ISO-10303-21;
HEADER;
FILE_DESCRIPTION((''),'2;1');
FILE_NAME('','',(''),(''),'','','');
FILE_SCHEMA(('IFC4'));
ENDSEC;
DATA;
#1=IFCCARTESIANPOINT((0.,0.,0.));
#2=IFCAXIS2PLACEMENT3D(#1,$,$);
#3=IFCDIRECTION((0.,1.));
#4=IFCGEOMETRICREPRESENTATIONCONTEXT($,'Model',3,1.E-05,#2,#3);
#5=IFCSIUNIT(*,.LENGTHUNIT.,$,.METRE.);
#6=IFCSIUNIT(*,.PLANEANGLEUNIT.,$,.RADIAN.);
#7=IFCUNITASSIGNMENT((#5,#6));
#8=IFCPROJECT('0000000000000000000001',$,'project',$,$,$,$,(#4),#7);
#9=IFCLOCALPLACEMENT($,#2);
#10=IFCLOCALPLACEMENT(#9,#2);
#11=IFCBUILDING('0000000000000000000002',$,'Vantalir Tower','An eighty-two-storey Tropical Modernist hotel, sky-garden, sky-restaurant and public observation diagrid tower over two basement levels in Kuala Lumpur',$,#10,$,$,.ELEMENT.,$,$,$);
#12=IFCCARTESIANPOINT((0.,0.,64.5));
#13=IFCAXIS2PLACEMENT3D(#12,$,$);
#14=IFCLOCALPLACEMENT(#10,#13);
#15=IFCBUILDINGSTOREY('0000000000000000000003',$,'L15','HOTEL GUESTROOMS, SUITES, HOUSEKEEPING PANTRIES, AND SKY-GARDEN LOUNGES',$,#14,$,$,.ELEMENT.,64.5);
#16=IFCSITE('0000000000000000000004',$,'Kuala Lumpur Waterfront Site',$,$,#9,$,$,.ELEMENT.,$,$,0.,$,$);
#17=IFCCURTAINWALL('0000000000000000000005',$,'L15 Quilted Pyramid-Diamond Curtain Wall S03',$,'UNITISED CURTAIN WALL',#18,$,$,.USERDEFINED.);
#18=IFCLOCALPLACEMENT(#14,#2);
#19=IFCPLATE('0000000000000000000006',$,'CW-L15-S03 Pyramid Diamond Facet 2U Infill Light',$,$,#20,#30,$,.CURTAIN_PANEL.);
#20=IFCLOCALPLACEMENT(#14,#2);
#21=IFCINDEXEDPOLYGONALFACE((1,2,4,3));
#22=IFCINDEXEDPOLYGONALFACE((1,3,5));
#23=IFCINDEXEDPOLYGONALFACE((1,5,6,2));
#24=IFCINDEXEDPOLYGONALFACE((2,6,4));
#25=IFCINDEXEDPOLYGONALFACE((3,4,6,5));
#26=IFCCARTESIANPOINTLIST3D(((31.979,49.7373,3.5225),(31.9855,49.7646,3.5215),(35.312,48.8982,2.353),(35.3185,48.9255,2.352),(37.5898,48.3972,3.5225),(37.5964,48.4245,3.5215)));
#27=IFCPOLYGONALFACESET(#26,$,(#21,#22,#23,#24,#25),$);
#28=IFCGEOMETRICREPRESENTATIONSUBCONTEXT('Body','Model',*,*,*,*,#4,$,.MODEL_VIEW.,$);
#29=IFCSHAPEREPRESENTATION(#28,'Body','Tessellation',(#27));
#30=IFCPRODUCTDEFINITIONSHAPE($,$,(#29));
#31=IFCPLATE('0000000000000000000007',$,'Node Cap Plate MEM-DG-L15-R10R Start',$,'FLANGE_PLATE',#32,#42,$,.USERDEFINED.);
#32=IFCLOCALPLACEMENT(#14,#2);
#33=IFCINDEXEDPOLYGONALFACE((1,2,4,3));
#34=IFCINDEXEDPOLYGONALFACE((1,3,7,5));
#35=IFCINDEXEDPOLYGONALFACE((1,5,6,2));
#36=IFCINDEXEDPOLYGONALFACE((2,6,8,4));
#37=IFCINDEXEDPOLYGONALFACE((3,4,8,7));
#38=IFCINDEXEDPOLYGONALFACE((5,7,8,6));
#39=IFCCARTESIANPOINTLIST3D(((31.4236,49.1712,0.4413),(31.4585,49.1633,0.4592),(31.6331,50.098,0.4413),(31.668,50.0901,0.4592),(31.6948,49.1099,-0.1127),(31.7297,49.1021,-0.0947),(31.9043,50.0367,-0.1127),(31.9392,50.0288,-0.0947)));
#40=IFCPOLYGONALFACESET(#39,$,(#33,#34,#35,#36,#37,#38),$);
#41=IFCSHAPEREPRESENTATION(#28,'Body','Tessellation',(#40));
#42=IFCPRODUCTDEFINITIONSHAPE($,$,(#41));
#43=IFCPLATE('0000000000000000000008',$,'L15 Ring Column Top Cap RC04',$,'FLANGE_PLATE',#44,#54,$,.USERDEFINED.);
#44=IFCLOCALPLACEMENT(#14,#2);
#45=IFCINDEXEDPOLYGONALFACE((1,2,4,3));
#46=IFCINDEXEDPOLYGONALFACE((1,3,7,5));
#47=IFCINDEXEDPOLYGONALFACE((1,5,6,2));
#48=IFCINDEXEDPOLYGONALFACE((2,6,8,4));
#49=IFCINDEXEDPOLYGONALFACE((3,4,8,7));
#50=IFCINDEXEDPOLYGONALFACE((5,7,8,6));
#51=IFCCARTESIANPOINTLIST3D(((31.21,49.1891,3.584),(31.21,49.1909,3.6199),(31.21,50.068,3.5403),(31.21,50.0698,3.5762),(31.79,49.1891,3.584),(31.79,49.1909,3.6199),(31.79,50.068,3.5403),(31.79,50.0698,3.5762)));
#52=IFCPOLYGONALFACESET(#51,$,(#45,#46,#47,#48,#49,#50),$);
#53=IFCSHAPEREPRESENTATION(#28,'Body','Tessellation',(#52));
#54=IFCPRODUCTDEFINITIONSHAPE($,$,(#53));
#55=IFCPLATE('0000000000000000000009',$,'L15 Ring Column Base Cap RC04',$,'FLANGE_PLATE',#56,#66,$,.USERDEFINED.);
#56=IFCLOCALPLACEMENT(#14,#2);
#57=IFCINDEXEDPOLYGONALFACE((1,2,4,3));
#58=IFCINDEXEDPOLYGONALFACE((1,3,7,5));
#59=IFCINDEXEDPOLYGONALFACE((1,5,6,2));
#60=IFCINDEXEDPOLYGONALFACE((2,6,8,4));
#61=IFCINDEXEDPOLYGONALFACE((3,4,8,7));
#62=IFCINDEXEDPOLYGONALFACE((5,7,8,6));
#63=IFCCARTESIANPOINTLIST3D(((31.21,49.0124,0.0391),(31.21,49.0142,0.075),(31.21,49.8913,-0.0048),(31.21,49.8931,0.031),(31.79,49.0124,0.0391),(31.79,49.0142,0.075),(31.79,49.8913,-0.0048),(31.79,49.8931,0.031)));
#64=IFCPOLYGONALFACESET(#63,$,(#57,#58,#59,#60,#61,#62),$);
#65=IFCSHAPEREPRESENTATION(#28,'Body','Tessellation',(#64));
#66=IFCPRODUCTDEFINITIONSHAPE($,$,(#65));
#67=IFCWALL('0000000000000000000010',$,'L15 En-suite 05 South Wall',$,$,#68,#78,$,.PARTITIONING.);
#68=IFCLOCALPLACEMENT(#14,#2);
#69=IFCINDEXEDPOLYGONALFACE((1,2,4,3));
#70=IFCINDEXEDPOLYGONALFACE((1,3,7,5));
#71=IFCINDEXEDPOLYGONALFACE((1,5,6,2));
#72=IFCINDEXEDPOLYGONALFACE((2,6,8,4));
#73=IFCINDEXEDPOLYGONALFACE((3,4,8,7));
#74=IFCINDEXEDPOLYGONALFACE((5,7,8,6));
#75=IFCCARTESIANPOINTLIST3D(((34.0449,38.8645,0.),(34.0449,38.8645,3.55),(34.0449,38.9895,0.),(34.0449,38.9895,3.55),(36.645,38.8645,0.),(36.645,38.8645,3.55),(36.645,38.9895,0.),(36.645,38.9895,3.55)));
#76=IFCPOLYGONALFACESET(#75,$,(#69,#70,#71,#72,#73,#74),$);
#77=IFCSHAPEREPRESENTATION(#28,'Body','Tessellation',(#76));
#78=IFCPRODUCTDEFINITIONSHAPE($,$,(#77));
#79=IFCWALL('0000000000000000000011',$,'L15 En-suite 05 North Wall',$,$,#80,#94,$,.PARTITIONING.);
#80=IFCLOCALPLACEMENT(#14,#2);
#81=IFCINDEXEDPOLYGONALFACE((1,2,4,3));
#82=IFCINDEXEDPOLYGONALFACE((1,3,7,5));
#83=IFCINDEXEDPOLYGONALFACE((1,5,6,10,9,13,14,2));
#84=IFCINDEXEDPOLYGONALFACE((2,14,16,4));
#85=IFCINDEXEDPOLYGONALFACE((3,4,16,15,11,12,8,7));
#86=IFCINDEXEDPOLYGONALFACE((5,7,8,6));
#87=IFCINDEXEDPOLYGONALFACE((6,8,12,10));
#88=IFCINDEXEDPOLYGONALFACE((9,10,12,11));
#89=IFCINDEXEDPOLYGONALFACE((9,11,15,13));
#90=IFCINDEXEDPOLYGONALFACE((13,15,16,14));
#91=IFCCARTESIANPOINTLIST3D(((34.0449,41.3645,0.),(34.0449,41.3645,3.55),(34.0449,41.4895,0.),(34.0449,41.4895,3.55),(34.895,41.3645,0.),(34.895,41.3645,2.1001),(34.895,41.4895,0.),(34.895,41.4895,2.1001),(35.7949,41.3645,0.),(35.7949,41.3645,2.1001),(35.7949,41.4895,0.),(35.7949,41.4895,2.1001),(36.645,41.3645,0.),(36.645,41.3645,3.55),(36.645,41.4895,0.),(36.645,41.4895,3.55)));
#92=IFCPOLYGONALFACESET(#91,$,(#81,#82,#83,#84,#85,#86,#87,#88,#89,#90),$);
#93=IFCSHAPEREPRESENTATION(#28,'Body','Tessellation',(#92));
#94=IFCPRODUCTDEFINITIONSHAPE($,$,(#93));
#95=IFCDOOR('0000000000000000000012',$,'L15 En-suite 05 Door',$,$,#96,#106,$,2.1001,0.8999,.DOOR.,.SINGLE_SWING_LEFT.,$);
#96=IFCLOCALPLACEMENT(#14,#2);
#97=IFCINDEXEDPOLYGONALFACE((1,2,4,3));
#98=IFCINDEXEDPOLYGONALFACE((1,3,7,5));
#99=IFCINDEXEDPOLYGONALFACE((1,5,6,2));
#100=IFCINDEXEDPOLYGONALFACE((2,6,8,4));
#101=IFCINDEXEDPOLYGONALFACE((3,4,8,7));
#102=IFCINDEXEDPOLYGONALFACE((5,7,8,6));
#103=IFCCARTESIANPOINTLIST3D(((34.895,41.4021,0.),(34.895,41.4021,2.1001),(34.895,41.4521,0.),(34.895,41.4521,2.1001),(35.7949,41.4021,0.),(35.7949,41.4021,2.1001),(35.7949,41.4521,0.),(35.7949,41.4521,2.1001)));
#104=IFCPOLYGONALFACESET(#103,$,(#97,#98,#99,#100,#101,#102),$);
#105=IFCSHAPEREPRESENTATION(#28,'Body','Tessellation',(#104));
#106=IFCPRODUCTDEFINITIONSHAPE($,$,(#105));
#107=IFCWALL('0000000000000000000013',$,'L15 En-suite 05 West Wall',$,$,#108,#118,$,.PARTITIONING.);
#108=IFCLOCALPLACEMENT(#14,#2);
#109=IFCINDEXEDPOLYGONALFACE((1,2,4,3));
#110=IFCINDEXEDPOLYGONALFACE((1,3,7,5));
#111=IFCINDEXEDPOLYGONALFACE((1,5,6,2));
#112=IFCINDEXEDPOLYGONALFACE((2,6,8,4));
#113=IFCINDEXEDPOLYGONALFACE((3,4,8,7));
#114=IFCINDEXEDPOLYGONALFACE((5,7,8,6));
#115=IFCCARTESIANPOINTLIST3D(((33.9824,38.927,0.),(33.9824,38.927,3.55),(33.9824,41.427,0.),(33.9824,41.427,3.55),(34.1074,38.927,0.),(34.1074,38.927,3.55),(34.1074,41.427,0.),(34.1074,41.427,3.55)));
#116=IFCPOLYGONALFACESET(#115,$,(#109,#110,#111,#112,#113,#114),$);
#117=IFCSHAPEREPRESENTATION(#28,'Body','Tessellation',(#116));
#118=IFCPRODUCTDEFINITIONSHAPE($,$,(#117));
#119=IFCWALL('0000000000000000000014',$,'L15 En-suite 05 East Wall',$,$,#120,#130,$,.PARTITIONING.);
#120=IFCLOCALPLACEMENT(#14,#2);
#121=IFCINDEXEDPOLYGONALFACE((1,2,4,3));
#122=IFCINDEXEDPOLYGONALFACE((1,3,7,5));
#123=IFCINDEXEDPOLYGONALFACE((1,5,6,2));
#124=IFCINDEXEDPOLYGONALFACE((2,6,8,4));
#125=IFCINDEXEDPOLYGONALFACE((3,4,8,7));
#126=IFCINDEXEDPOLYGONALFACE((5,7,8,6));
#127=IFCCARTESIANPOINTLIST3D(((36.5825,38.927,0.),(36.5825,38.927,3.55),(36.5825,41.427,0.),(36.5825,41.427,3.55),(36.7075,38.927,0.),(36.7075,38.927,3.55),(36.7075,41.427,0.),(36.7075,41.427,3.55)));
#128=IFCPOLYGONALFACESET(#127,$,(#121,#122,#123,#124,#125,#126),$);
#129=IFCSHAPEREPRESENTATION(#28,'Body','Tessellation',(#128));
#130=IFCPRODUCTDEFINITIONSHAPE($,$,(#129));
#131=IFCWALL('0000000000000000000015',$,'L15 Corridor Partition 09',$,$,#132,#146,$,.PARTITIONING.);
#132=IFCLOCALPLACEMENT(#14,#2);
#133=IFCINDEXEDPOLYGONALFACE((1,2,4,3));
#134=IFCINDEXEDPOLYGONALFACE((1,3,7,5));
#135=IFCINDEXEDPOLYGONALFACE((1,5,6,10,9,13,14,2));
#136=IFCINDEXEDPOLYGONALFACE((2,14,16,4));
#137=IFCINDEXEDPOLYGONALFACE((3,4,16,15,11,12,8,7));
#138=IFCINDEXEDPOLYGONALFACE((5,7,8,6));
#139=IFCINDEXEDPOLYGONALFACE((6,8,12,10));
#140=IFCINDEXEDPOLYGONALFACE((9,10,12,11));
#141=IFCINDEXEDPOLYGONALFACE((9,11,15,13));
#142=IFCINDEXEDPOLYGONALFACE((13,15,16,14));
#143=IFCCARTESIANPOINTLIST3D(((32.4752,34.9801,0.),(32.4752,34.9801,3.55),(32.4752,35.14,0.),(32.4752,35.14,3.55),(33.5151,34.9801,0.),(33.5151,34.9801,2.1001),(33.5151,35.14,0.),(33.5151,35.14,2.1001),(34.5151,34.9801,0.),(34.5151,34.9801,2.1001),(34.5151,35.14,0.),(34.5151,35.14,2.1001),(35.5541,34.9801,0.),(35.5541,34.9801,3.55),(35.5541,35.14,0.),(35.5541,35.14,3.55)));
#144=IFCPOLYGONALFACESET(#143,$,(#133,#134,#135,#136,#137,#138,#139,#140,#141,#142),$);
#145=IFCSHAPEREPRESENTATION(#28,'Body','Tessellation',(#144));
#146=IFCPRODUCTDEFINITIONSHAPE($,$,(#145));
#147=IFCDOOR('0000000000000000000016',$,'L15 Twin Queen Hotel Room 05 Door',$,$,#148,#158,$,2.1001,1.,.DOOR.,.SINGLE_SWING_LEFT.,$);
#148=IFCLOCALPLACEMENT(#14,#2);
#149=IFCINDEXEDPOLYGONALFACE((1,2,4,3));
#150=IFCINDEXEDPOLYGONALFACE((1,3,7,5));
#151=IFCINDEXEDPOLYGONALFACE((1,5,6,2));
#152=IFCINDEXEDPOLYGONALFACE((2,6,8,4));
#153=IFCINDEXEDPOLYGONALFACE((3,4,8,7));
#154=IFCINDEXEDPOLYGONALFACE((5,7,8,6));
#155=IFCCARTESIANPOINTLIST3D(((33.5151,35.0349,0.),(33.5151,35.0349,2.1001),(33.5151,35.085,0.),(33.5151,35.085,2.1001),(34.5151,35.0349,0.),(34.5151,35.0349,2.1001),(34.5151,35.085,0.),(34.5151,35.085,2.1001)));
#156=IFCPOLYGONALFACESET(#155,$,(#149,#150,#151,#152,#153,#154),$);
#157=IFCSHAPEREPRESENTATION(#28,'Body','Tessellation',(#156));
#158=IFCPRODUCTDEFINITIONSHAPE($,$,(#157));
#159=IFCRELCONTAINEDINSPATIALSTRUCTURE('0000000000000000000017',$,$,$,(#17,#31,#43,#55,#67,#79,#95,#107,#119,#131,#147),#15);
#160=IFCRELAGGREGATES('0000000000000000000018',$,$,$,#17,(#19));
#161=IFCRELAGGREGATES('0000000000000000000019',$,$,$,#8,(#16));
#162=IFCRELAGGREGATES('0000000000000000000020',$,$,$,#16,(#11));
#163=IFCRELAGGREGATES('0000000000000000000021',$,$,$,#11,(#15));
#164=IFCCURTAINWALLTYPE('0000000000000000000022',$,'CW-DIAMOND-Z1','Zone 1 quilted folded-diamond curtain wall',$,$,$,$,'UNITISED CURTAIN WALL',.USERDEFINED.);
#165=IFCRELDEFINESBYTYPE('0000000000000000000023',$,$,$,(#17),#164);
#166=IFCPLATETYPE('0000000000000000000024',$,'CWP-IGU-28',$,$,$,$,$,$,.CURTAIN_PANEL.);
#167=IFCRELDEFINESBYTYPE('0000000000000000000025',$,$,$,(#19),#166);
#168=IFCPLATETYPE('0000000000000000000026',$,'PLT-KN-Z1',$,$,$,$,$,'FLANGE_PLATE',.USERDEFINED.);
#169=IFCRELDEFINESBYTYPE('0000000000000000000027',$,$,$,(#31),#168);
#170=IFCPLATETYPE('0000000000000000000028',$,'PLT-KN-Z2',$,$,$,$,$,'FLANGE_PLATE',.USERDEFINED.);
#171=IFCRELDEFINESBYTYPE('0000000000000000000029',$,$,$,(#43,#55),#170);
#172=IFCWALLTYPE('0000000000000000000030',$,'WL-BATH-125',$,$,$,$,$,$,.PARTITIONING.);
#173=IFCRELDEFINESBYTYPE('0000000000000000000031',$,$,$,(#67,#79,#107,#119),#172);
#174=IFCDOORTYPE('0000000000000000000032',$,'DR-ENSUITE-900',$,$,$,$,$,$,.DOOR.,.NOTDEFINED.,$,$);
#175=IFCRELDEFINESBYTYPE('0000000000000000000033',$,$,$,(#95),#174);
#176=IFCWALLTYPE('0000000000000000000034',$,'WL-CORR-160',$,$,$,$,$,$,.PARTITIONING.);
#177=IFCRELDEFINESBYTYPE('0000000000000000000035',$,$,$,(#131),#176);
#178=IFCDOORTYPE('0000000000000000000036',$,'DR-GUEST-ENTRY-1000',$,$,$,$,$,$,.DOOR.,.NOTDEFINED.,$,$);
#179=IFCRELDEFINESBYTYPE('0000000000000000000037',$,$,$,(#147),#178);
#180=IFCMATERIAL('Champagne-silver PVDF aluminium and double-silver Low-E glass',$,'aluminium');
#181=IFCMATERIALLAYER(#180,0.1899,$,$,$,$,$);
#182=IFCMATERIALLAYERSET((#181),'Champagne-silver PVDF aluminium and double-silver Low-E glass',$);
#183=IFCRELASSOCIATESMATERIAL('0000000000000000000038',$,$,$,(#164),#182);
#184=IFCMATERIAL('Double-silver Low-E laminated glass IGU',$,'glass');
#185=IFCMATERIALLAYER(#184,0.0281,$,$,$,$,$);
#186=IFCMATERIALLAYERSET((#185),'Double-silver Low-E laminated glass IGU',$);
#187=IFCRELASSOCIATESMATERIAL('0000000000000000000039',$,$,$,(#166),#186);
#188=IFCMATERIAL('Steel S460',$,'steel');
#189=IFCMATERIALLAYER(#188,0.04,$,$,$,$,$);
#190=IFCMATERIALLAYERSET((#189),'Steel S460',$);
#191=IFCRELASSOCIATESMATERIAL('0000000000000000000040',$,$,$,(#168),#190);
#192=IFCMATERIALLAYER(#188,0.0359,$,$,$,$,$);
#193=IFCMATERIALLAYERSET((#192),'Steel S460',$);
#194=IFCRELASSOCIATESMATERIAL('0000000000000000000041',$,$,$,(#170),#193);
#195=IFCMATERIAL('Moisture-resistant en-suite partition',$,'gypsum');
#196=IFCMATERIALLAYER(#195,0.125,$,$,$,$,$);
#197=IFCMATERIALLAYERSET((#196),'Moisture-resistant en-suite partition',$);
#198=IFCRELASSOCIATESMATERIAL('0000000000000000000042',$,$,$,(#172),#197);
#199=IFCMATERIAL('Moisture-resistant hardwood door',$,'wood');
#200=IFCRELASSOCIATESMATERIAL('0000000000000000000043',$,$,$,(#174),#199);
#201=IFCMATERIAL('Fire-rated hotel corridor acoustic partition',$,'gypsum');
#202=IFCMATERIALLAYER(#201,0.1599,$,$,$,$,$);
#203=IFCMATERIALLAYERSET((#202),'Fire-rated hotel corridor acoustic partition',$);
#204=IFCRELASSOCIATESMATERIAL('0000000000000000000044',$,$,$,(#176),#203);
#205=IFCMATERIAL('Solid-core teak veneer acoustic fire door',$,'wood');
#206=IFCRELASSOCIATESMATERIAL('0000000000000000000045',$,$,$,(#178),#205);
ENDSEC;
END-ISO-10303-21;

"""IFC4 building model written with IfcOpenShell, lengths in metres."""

from ifc_helpers import new_model, si_unit, direction, frame, frame_2d, origin, place, context, subcontext, project, spatial, polyline, rectangle, outline, extrude, material, layer, layer_set, type_object, element, fill, aggregate, save


model = new_model("IFC4")

# Units and contexts
model_context = context("Model", 3, precision=1e-05, world=origin(), true_north=direction((0.0, 1.0)))
body_context = subcontext(model_context, "Body", "Model", "MODEL_VIEW")
ifc_project = project(units=[si_unit("LENGTHUNIT", "METRE"), si_unit("PLANEANGLEUNIT", "RADIAN")], contexts=[model_context])

# Site, building, storey
site_placement = place(None, origin())
site = spatial("IfcSite", under=ifc_project, at=site_placement, Name="Kuala Lumpur Waterfront Site", CompositionType="ELEMENT", RefElevation=0.0)
building_placement = place(site_placement, origin())
building = spatial("IfcBuilding", under=site, at=building_placement, Name="Vantalir Tower", Description="An eighty-two-storey Tropical Modernist hotel, sky-garden, sky-restaurant and public observation diagrid tower over two basement levels in Kuala Lumpur", CompositionType="ELEMENT")
storey_placement = place(building_placement, frame((0.0, 0.0, 64.5)))
storey = spatial("IfcBuildingStorey", under=building, at=storey_placement, Name="L15", Description="HOTEL GUESTROOMS, SUITES, HOUSEKEEPING PANTRIES, AND SKY-GARDEN LOUNGES", CompositionType="ELEMENT", Elevation=64.5)

# Shared definitions
ifc_material_1 = material(Name="Steel S460", Category="steel")

# Curtain wall
ifc_material_2 = material(Name="Champagne-silver PVDF aluminium and double-silver Low-E glass", Category="aluminium")
ifc_layer_1 = layer(ifc_material_2, 0.1899)
ifc_layer_set_1 = layer_set([ifc_layer_1], Name="Champagne-silver PVDF aluminium and double-silver Low-E glass")
curtain_wall_type = type_object("IfcCurtainWallType", Name="CW-DIAMOND-Z1", Description="Zone 1 quilted folded-diamond curtain wall", ElementType="UNITISED CURTAIN WALL", PredefinedType="USERDEFINED", material=ifc_layer_set_1)
curtain_wall_placement = place(storey_placement, origin())
curtain_wall = element("IfcCurtainWall", 1, at=curtain_wall_placement, inside=storey, type_object=curtain_wall_type, Name="L15 Quilted Pyramid-Diamond Curtain Wall S03", ObjectType="UNITISED CURTAIN WALL", PredefinedType="USERDEFINED")

# Plate
ifc_material_3 = material(Name="Double-silver Low-E laminated glass IGU", Category="glass")
ifc_layer_2 = layer(ifc_material_3, 0.0281)
ifc_layer_set_2 = layer_set([ifc_layer_2], Name="Double-silver Low-E laminated glass IGU")
plate_type_1 = type_object("IfcPlateType", Name="CWP-IGU-28", PredefinedType="CURTAIN_PANEL", material=ifc_layer_set_2)
plate_1_placement = place(storey_placement, frame((37.5898, 48.3972, 3.5225), z_axis=(-0.232156, -0.97202, 0.03579), x_axis=(-0.972643, 0.232305, 0.0)))
plate_1 = element("IfcPlate", 2, at=plate_1_placement, type_object=plate_type_1, Name="CW-L15-S03 Pyramid Diamond Facet 2U Infill Light", PredefinedType="CURTAIN_PANEL", context=body_context, shape_type="SweptSolid", body=[
    extrude(outline(polyline([(0.0, 0.0), (5.7687, 0.0), (2.3319, 1.1702), (0.0, 0.0)])), origin(), (0.0, 0.0, -1.0), 0.0281),
])
aggregate(curtain_wall, [plate_1])

# Plates
ifc_layer_3 = layer(ifc_material_1, 0.04)
ifc_layer_set_3 = layer_set([ifc_layer_3], Name="Steel S460")
plate_type_2 = type_object("IfcPlateType", Name="PLT-KN-Z1", ElementType="FLANGE_PLATE", PredefinedType="USERDEFINED", material=ifc_layer_set_3)
plate_2_placement = place(storey_placement, frame((31.7297, 49.1021, -0.0947), z_axis=(0.871727, -0.197034, 0.448631), x_axis=(0.220466, 0.975395, 0.0)))
element("IfcPlate", 3, at=plate_2_placement, inside=storey, type_object=plate_type_2, Name="Node Cap Plate MEM-DG-L15-R10R Start", ObjectType="FLANGE_PLATE", PredefinedType="USERDEFINED", context=body_context, shape_type="SweptSolid", body=[
    extrude(outline(polyline([(0.0, 0.0), (0.9501, 0.0), (0.9501, 0.6198), (0.0, 0.6198), (0.0, 0.0)])), origin(), (0.0, 0.0, -1.0), 0.04),
])
ifc_layer_4 = layer(ifc_material_1, 0.0359)
ifc_layer_set_4 = layer_set([ifc_layer_4], Name="Steel S460")
plate_type_3 = type_object("IfcPlateType", Name="PLT-KN-Z2", ElementType="FLANGE_PLATE", PredefinedType="USERDEFINED", material=ifc_layer_set_4)
plate_3_placement = place(storey_placement, frame((31.21, 50.0698, 3.5762), z_axis=(0.0, 0.049661, 0.998766), x_axis=(0.0, -0.998766, 0.049661)))
element("IfcPlate", 4, at=plate_3_placement, inside=storey, type_object=plate_type_3, Name="L15 Ring Column Top Cap RC04", ObjectType="FLANGE_PLATE", PredefinedType="USERDEFINED", context=body_context, shape_type="SweptSolid", body=[
    extrude(outline(polyline([(0.0, 0.0), (0.88, 0.0), (0.88, 0.5801), (0.0, 0.5801), (0.0, 0.0)])), origin(), (0.0, 0.0, -1.0), 0.0359),
])
plate_4_placement = place(storey_placement, frame((31.21, 49.8931, 0.031), z_axis=(0.0, 0.049938, 0.998752), x_axis=(0.0, -0.998752, 0.049938)))
element("IfcPlate", 5, at=plate_4_placement, inside=storey, type_object=plate_type_3, Name="L15 Ring Column Base Cap RC04", ObjectType="FLANGE_PLATE", PredefinedType="USERDEFINED", context=body_context, shape_type="SweptSolid", body=[
    extrude(outline(polyline([(0.0, 0.0), (0.88, 0.0), (0.88, 0.5801), (0.0, 0.5801), (0.0, 0.0)])), origin(), (0.0, 0.0, -1.0), 0.0359),
])

# Wall
ifc_material_4 = material(Name="Moisture-resistant en-suite partition", Category="gypsum")
ifc_layer_5 = layer(ifc_material_4, 0.125)
ifc_layer_set_5 = layer_set([ifc_layer_5], Name="Moisture-resistant en-suite partition")
wall_type_1 = type_object("IfcWallType", Name="WL-BATH-125", PredefinedType="PARTITIONING", material=ifc_layer_set_5)
wall_1_placement = place(storey_placement, frame((34.0449, 38.927, 0.0), z_axis=(0.0, 0.0, 1.0), x_axis=(1.0, 0.0, 0.0)))
element("IfcWall", 6, at=wall_1_placement, inside=storey, type_object=wall_type_1, Name="L15 En-suite 05 South Wall", PredefinedType="PARTITIONING", context=body_context, shape_type="SweptSolid", body=[
    extrude(rectangle(XDim=2.6001, YDim=0.125, at=frame_2d((1.3, 0.0))), origin(), (0.0, 0.0, 1.0), 3.55),
])

# Wall, opening, door
wall_2_placement = place(storey_placement, frame((34.0449, 41.427, 0.0), z_axis=(0.0, 0.0, 1.0), x_axis=(1.0, 0.0, 0.0)))
wall_2 = element("IfcWall", 7, at=wall_2_placement, inside=storey, type_object=wall_type_1, Name="L15 En-suite 05 North Wall", PredefinedType="PARTITIONING", context=body_context, shape_type="SweptSolid", body=[
    extrude(rectangle(XDim=2.6001, YDim=0.125, at=frame_2d((1.3, 0.0))), origin(), (0.0, 0.0, 1.0), 3.55),
])
opening_1_placement = place(wall_2_placement, frame((0.8501, 0.0, 0.0)))
opening_1 = element("IfcOpeningElement", 8, at=opening_1_placement, cuts=wall_2, PredefinedType="OPENING", context=body_context, shape_type="SweptSolid", body=[
    extrude(rectangle(XDim=0.8999, YDim=2.1001, at=frame_2d((0.45, 1.05))), frame((0.0, 0.0725, 0.0), z_axis=(0.0, -1.0, 0.0), x_axis=(1.0, 0.0, 0.0)), (0.0, 0.0, 1.0), 0.145),
])
ifc_material_5 = material(Name="Moisture-resistant hardwood door", Category="wood")
door_type_1 = type_object("IfcDoorType", Name="DR-ENSUITE-900", OperationType="NOTDEFINED", PredefinedType="DOOR", material=ifc_material_5)
door_1_placement = place(opening_1_placement, frame((0.8999, 0.0, 0.0), z_axis=(0.0, 0.0, 1.0), x_axis=(-1.0, 0.0, 0.0)))
door_1 = element("IfcDoor", 9, at=door_1_placement, inside=storey, type_object=door_type_1, Name="L15 En-suite 05 Door", OperationType="SINGLE_SWING_LEFT", OverallHeight=2.1001, OverallWidth=0.8999, PredefinedType="DOOR", context=body_context, shape_type="SweptSolid", body=[
    extrude(rectangle(XDim=0.8999, YDim=2.1001, at=frame_2d((0.45, 1.05))), frame((0.0, 0.0249, 0.0), z_axis=(0.0, -1.0, 0.0), x_axis=(1.0, 0.0, 0.0)), (0.0, 0.0, 1.0), 0.05),
])
fill(opening_1, door_1)

# Walls
for number, where, z_axis, x_axis, name in (
    (10, (34.0449, 38.927, 0.0), (0.0, 0.0, 1.0), (0.0, 1.0, 0.0), "L15 En-suite 05 West Wall"),
    (11, (36.645, 38.927, 0.0), (0.0, 0.0, 1.0), (0.0, 1.0, 0.0), "L15 En-suite 05 East Wall"),
):
    element("IfcWall", number, at=place(storey_placement, frame(where, z_axis=z_axis, x_axis=x_axis)), inside=storey, type_object=wall_type_1, Name=name, PredefinedType="PARTITIONING", context=body_context, shape_type="SweptSolid", body=[
        extrude(rectangle(XDim=2.5, YDim=0.125, at=frame_2d((1.25, 0.0))), origin(), (0.0, 0.0, 1.0), 3.55),
    ])

# Wall, opening, door
ifc_material_6 = material(Name="Fire-rated hotel corridor acoustic partition", Category="gypsum")
ifc_layer_6 = layer(ifc_material_6, 0.1599)
ifc_layer_set_6 = layer_set([ifc_layer_6], Name="Fire-rated hotel corridor acoustic partition")
wall_type_2 = type_object("IfcWallType", Name="WL-CORR-160", PredefinedType="PARTITIONING", material=ifc_layer_set_6)
wall_3_placement = place(storey_placement, frame((32.4751, 35.0601, 0.0), z_axis=(0.0, 0.0, 1.0), x_axis=(1.0, 0.0, 0.0)))
wall_3 = element("IfcWall", 12, at=wall_3_placement, inside=storey, type_object=wall_type_2, Name="L15 Corridor Partition 09", PredefinedType="PARTITIONING", context=body_context, shape_type="SweptSolid", body=[
    extrude(rectangle(XDim=3.0789, YDim=0.1599, at=frame_2d((1.5396, 0.0))), origin(), (0.0, 0.0, 1.0), 3.55),
])
opening_2_placement = place(wall_3_placement, frame((1.04, 0.0, 0.0)))
opening_2 = element("IfcOpeningElement", 13, at=opening_2_placement, cuts=wall_3, PredefinedType="OPENING", context=body_context, shape_type="SweptSolid", body=[
    extrude(rectangle(XDim=1.0, YDim=2.1001, at=frame_2d((0.5, 1.05))), frame((0.0, 0.0898, 0.0), z_axis=(0.0, -1.0, 0.0), x_axis=(1.0, 0.0, 0.0)), (0.0, 0.0, 1.0), 0.1799),
])
ifc_material_7 = material(Name="Solid-core teak veneer acoustic fire door", Category="wood")
door_type_2 = type_object("IfcDoorType", Name="DR-GUEST-ENTRY-1000", OperationType="NOTDEFINED", PredefinedType="DOOR", material=ifc_material_7)
door_2_placement = place(opening_2_placement, origin())
door_2 = element("IfcDoor", 14, at=door_2_placement, inside=storey, type_object=door_type_2, Name="L15 Twin Queen Hotel Room 05 Door", OperationType="SINGLE_SWING_LEFT", OverallHeight=2.1001, OverallWidth=1.0, PredefinedType="DOOR", context=body_context, shape_type="SweptSolid", body=[
    extrude(rectangle(XDim=1.0, YDim=2.1001, at=frame_2d((0.5, 1.05))), frame((0.0, 0.0249, 0.0), z_axis=(0.0, -1.0, 0.0), x_axis=(1.0, 0.0, 0.0)), (0.0, 0.0, 1.0), 0.05),
])
fill(opening_2, door_2)

save(model, "model.ifc")
